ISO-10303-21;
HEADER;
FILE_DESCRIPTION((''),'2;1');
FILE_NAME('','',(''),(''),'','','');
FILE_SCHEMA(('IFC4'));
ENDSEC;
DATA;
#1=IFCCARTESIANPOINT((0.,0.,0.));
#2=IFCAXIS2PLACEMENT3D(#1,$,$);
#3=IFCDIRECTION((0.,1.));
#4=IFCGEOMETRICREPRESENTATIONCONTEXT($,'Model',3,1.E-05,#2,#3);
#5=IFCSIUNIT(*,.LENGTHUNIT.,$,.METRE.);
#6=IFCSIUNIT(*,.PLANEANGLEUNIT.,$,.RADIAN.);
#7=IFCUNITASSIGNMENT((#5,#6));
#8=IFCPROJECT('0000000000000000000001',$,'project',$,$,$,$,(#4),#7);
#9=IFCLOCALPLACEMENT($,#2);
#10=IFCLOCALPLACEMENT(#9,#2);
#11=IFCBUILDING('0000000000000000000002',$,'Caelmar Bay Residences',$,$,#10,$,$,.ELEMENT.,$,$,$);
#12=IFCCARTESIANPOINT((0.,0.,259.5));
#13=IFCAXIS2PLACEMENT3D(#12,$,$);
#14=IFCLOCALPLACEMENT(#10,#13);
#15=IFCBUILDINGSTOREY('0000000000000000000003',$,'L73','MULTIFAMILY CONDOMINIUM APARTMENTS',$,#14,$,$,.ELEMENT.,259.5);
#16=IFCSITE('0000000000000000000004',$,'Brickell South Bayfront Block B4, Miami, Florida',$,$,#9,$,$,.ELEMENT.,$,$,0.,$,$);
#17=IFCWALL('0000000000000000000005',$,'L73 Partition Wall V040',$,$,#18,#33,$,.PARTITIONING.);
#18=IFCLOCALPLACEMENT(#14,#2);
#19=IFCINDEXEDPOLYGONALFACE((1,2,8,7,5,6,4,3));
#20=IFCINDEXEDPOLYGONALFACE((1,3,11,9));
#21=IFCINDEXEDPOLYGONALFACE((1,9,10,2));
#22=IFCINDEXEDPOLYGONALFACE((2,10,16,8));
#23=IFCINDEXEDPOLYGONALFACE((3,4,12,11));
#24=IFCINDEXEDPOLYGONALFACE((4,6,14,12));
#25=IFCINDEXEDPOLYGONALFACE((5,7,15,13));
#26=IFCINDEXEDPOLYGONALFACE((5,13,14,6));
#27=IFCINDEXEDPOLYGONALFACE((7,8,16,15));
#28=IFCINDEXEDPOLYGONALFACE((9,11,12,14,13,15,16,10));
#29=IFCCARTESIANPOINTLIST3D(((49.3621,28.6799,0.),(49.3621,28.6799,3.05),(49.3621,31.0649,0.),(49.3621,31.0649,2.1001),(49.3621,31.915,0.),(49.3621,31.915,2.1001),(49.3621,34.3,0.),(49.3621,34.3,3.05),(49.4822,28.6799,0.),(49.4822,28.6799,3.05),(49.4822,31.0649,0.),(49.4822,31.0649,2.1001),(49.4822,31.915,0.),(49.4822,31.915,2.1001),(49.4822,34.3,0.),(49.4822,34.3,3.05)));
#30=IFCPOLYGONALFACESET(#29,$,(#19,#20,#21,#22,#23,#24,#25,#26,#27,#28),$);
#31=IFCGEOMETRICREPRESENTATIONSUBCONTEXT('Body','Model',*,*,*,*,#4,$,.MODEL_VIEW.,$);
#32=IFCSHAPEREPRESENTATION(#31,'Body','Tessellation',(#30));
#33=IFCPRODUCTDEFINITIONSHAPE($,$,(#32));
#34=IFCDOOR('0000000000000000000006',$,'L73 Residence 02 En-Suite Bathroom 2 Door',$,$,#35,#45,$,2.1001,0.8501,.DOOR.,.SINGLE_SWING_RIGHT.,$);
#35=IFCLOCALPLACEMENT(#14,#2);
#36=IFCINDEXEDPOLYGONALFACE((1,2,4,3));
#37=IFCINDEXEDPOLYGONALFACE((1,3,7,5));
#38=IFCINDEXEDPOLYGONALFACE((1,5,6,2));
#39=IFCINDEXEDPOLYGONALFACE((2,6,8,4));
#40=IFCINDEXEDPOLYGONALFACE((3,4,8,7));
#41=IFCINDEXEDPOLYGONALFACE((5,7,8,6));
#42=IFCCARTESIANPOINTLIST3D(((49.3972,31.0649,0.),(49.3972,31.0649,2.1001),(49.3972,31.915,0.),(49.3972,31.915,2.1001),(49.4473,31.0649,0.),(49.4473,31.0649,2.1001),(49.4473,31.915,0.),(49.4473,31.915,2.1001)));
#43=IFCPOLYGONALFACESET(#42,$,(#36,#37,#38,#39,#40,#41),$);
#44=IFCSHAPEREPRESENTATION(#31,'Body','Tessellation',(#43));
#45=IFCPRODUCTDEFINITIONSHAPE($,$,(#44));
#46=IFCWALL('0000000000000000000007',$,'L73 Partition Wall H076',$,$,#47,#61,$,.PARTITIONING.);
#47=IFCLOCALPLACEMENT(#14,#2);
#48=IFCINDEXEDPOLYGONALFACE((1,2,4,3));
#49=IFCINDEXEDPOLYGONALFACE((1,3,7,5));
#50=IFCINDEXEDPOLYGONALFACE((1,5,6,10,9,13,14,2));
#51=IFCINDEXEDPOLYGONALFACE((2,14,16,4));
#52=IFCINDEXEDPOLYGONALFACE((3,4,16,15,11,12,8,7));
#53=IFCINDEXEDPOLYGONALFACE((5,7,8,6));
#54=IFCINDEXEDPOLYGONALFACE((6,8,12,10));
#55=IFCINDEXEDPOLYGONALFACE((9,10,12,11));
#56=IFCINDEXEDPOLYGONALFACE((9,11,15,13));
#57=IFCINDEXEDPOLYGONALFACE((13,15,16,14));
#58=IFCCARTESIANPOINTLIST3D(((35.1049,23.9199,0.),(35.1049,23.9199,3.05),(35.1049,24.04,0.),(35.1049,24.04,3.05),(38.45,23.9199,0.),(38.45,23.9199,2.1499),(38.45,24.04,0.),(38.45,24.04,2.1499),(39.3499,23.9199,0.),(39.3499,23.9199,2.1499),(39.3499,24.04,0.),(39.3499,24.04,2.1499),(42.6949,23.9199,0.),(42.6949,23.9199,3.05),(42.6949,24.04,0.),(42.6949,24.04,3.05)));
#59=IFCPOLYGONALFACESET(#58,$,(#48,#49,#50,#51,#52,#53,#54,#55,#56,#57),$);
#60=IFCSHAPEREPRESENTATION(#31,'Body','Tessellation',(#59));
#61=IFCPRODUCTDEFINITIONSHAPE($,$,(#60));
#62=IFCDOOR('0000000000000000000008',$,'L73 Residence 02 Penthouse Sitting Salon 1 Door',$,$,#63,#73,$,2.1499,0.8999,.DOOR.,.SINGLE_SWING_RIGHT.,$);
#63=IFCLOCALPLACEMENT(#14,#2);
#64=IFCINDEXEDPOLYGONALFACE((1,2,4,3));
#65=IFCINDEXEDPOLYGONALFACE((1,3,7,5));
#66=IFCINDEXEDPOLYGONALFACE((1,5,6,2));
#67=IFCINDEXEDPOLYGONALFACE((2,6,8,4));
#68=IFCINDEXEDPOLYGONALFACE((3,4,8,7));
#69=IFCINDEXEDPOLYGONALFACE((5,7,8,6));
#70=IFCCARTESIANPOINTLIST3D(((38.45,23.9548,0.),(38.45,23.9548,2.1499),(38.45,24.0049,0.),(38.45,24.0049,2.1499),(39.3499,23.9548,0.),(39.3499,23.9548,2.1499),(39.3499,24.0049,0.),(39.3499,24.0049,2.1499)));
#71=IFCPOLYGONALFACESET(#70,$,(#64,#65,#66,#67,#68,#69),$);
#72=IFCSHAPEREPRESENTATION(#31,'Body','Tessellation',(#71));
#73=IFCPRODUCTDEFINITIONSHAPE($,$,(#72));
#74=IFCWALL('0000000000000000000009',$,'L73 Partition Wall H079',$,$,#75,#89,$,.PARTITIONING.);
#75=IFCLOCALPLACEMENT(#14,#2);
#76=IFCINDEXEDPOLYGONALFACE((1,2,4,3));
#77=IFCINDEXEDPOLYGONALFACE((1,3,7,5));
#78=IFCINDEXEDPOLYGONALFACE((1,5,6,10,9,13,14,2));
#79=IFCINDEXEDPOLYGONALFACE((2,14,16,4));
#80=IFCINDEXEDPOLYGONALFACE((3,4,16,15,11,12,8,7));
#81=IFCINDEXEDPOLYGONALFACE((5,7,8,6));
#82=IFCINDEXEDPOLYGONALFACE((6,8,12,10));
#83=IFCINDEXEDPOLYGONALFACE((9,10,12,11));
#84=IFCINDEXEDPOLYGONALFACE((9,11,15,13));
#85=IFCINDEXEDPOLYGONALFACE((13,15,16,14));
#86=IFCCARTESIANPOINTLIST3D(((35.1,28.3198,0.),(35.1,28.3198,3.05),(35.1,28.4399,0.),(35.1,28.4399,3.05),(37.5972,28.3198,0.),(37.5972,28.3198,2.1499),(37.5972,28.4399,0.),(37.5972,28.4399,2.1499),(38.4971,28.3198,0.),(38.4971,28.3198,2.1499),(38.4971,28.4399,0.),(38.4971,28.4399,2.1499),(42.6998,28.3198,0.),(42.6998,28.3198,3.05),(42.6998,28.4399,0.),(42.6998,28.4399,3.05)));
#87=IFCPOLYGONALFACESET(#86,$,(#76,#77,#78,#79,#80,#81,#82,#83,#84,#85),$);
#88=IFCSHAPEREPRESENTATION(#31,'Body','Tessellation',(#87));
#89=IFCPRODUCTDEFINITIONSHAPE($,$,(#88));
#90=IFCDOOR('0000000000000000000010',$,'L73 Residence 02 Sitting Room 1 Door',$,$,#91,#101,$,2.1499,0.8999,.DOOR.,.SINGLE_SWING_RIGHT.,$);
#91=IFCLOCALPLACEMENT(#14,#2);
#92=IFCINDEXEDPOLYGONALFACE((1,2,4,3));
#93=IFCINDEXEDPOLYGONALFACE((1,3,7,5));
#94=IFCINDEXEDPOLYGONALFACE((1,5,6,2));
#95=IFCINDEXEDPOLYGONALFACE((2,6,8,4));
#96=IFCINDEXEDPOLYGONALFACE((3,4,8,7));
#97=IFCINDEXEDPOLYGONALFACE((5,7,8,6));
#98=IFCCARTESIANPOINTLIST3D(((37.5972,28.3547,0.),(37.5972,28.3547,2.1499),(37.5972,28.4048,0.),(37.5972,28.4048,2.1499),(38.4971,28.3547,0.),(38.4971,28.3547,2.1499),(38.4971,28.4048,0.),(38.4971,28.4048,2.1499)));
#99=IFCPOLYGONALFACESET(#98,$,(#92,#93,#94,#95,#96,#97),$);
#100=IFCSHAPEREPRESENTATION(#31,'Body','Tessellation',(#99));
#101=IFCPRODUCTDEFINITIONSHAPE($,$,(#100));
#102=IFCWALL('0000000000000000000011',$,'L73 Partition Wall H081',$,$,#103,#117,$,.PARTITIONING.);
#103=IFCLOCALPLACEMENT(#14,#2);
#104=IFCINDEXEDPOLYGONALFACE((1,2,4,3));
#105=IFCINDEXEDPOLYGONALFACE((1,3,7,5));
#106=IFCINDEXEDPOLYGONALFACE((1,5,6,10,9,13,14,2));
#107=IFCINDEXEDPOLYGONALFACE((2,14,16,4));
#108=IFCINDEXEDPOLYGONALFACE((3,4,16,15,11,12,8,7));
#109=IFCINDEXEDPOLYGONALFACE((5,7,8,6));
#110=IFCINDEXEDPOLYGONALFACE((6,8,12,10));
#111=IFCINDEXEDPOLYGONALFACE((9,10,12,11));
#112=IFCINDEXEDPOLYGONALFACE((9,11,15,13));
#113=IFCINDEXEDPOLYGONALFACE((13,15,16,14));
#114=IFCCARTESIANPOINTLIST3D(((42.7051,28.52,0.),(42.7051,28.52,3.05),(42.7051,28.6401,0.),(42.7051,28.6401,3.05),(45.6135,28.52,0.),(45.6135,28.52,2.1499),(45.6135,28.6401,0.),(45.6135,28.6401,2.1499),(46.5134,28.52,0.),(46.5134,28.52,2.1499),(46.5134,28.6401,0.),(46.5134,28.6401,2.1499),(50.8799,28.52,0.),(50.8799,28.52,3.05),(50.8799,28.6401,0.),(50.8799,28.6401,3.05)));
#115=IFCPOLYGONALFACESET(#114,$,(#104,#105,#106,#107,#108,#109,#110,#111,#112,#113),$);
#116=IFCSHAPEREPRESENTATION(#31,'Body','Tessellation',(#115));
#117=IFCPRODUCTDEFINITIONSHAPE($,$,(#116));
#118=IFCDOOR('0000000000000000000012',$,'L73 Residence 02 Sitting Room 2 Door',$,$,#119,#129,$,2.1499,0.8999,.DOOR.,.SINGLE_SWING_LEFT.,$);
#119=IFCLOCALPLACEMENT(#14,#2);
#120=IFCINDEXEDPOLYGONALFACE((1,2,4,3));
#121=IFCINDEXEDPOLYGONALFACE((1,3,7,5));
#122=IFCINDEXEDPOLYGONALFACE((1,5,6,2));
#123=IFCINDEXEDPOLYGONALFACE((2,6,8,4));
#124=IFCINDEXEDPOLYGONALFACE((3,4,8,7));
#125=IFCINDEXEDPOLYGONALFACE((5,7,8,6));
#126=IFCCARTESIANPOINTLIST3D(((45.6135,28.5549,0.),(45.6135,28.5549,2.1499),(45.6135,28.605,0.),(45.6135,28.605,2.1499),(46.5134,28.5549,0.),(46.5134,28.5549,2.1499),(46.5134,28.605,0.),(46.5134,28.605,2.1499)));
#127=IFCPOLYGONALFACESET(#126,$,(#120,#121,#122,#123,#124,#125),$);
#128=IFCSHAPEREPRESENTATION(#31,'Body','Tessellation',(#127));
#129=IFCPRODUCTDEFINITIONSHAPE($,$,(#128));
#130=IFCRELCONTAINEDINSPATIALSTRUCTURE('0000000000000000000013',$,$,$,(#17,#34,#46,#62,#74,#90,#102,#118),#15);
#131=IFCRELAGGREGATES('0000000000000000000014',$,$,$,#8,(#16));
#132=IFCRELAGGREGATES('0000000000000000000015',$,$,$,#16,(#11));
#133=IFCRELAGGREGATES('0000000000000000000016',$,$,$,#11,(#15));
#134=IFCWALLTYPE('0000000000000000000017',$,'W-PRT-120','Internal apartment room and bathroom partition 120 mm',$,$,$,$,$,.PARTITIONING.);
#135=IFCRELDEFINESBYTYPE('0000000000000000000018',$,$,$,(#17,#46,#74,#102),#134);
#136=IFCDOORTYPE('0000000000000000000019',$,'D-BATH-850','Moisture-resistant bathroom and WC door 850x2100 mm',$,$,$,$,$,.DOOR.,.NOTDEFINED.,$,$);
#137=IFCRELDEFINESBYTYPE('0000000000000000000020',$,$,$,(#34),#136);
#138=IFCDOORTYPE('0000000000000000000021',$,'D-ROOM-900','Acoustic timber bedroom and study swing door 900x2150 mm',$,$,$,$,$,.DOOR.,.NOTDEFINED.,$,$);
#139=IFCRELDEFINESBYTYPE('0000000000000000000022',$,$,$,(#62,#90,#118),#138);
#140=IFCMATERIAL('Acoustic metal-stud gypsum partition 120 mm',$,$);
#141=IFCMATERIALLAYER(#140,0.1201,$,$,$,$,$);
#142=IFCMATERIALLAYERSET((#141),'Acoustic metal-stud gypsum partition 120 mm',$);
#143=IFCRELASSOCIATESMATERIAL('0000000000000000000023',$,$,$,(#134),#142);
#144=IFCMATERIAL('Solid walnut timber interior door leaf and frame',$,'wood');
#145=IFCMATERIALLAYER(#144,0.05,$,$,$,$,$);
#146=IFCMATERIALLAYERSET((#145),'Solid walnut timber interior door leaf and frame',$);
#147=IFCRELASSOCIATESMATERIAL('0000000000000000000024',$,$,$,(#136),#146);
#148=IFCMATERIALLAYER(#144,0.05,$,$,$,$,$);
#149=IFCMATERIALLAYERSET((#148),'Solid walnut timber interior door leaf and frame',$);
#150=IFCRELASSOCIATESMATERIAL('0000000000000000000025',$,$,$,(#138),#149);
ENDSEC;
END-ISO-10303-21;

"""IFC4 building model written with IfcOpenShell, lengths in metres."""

from ifc_helpers import new_model, si_unit, direction, frame, frame_2d, origin, place, context, subcontext, project, spatial, rectangle, extrude, material, layer, layer_set, type_object, element, fill, save


model = new_model("IFC4")

# Units and contexts
model_context = context("Model", 3, precision=1e-05, world=origin(), true_north=direction((0.0, 1.0)))
body_context = subcontext(model_context, "Body", "Model", "MODEL_VIEW")
ifc_project = project(units=[si_unit("LENGTHUNIT", "METRE"), si_unit("PLANEANGLEUNIT", "RADIAN")], contexts=[model_context])

# Site, building, storey
site_placement = place(None, origin())
site = spatial("IfcSite", under=ifc_project, at=site_placement, Name="Brickell South Bayfront Block B4, Miami, Florida", CompositionType="ELEMENT", RefElevation=0.0)
building_placement = place(site_placement, origin())
building = spatial("IfcBuilding", under=site, at=building_placement, Name="Caelmar Bay Residences", CompositionType="ELEMENT")
storey_placement = place(building_placement, frame((0.0, 0.0, 259.5)))
storey = spatial("IfcBuildingStorey", under=building, at=storey_placement, Name="L73", Description="MULTIFAMILY CONDOMINIUM APARTMENTS", CompositionType="ELEMENT", Elevation=259.5)

# Shared definitions
ifc_material_1 = material(Name="Acoustic metal-stud gypsum partition 120 mm")
ifc_layer_1 = layer(ifc_material_1, 0.1201)
ifc_layer_set_1 = layer_set([ifc_layer_1], Name="Acoustic metal-stud gypsum partition 120 mm")
wall_type = type_object("IfcWallType", Name="W-PRT-120", Description="Internal apartment room and bathroom partition 120 mm", PredefinedType="PARTITIONING", material=ifc_layer_set_1)

# Shared definitions
ifc_material_2 = material(Name="Solid walnut timber interior door leaf and frame", Category="wood")
ifc_layer_2 = layer(ifc_material_2, 0.05)
ifc_layer_set_2 = layer_set([ifc_layer_2], Name="Solid walnut timber interior door leaf and frame")
door_type_1 = type_object("IfcDoorType", Name="D-BATH-850", Description="Moisture-resistant bathroom and WC door 850x2100 mm", OperationType="NOTDEFINED", PredefinedType="DOOR", material=ifc_layer_set_2)

# Shared definitions
ifc_layer_3 = layer(ifc_material_2, 0.05)
ifc_layer_set_3 = layer_set([ifc_layer_3], Name="Solid walnut timber interior door leaf and frame")
door_type_2 = type_object("IfcDoorType", Name="D-ROOM-900", Description="Acoustic timber bedroom and study swing door 900x2150 mm", OperationType="NOTDEFINED", PredefinedType="DOOR", material=ifc_layer_set_3)

# Walls, openings, doors
wall_1_placement = place(storey_placement, frame((49.4221, 28.6799, 0.0), z_axis=(0.0, 0.0, 1.0), x_axis=(0.0, 1.0, 0.0)))
wall_1 = element("IfcWall", 1, at=wall_1_placement, inside=storey, type_object=wall_type, Name="L73 Partition Wall V040", PredefinedType="PARTITIONING", context=body_context, shape_type="SweptSolid", body=[
    extrude(rectangle(XDim=5.6201, YDim=0.1201, at=frame_2d((2.8101, 0.0))), origin(), (0.0, 0.0, 1.0), 3.05),
])
opening_1_placement = place(wall_1_placement, frame((2.385, 0.0, 0.0)))
opening_1 = element("IfcOpeningElement", 2, at=opening_1_placement, cuts=wall_1, PredefinedType="OPENING", context=body_context, shape_type="SweptSolid", body=[
    extrude(rectangle(XDim=0.8501, YDim=2.1001, at=frame_2d((0.425, 1.05))), frame((0.0, 0.0701, 0.0), z_axis=(0.0, -1.0, 0.0), x_axis=(1.0, 0.0, 0.0)), (0.0, 0.0, 1.0), 0.1401),
])
door_1_placement = place(opening_1_placement, origin())
door_1 = element("IfcDoor", 3, at=door_1_placement, inside=storey, type_object=door_type_1, Name="L73 Residence 02 En-Suite Bathroom 2 Door", OperationType="SINGLE_SWING_RIGHT", OverallHeight=2.1001, OverallWidth=0.8501, PredefinedType="DOOR", context=body_context, shape_type="SweptSolid", body=[
    extrude(rectangle(XDim=0.8501, YDim=2.1001, at=frame_2d((0.425, 1.05))), frame((0.0, 0.0249, 0.0), z_axis=(0.0, -1.0, 0.0), x_axis=(1.0, 0.0, 0.0)), (0.0, 0.0, 1.0), 0.05),
])
fill(opening_1, door_1)
wall_2_placement = place(storey_placement, frame((35.105, 23.98, 0.0), z_axis=(0.0, 0.0, 1.0), x_axis=(1.0, 0.0, 0.0)))
wall_2 = element("IfcWall", 4, at=wall_2_placement, inside=storey, type_object=wall_type, Name="L73 Partition Wall H076", PredefinedType="PARTITIONING", context=body_context, shape_type="SweptSolid", body=[
    extrude(rectangle(XDim=7.5901, YDim=0.1201, at=frame_2d((3.7949, 0.0))), origin(), (0.0, 0.0, 1.0), 3.05),
])
opening_2_placement = place(wall_2_placement, frame((3.345, 0.0, 0.0)))
opening_2 = element("IfcOpeningElement", 5, at=opening_2_placement, cuts=wall_2, PredefinedType="OPENING", context=body_context, shape_type="SweptSolid", body=[
    extrude(rectangle(XDim=0.8999, YDim=2.1499, at=frame_2d((0.45, 1.075))), frame((0.0, 0.0701, 0.0), z_axis=(0.0, -1.0, 0.0), x_axis=(1.0, 0.0, 0.0)), (0.0, 0.0, 1.0), 0.1401),
])
door_2_placement = place(opening_2_placement, origin())
door_2 = element("IfcDoor", 6, at=door_2_placement, inside=storey, type_object=door_type_2, Name="L73 Residence 02 Penthouse Sitting Salon 1 Door", OperationType="SINGLE_SWING_RIGHT", OverallHeight=2.1499, OverallWidth=0.8999, PredefinedType="DOOR", context=body_context, shape_type="SweptSolid", body=[
    extrude(rectangle(XDim=0.8999, YDim=2.1499, at=frame_2d((0.45, 1.075))), frame((0.0, 0.0249, 0.0), z_axis=(0.0, -1.0, 0.0), x_axis=(1.0, 0.0, 0.0)), (0.0, 0.0, 1.0), 0.05),
])
fill(opening_2, door_2)
wall_3_placement = place(storey_placement, frame((35.1001, 28.3799, 0.0), z_axis=(0.0, 0.0, 1.0), x_axis=(1.0, 0.0, 0.0)))
wall_3 = element("IfcWall", 7, at=wall_3_placement, inside=storey, type_object=wall_type, Name="L73 Partition Wall H079", PredefinedType="PARTITIONING", context=body_context, shape_type="SweptSolid", body=[
    extrude(rectangle(XDim=7.5999, YDim=0.1201, at=frame_2d((3.7998, 0.0))), origin(), (0.0, 0.0, 1.0), 3.05),
])
opening_3_placement = place(wall_3_placement, frame((2.4971, 0.0, 0.0)))
opening_3 = element("IfcOpeningElement", 8, at=opening_3_placement, cuts=wall_3, PredefinedType="OPENING", context=body_context, shape_type="SweptSolid", body=[
    extrude(rectangle(XDim=0.8999, YDim=2.1499, at=frame_2d((0.45, 1.075))), frame((0.0, 0.0701, 0.0), z_axis=(0.0, -1.0, 0.0), x_axis=(1.0, 0.0, 0.0)), (0.0, 0.0, 1.0), 0.1401),
])
door_3_placement = place(opening_3_placement, origin())
door_3 = element("IfcDoor", 9, at=door_3_placement, inside=storey, type_object=door_type_2, Name="L73 Residence 02 Sitting Room 1 Door", OperationType="SINGLE_SWING_RIGHT", OverallHeight=2.1499, OverallWidth=0.8999, PredefinedType="DOOR", context=body_context, shape_type="SweptSolid", body=[
    extrude(rectangle(XDim=0.8999, YDim=2.1499, at=frame_2d((0.45, 1.075))), frame((0.0, 0.0249, 0.0), z_axis=(0.0, -1.0, 0.0), x_axis=(1.0, 0.0, 0.0)), (0.0, 0.0, 1.0), 0.05),
])
fill(opening_3, door_3)
wall_4_placement = place(storey_placement, frame((42.7051, 28.5801, 0.0), z_axis=(0.0, 0.0, 1.0), x_axis=(1.0, 0.0, 0.0)))
wall_4 = element("IfcWall", 10, at=wall_4_placement, inside=storey, type_object=wall_type, Name="L73 Partition Wall H081", PredefinedType="PARTITIONING", context=body_context, shape_type="SweptSolid", body=[
    extrude(rectangle(XDim=8.1748, YDim=0.1201, at=frame_2d((4.0874, 0.0))), origin(), (0.0, 0.0, 1.0), 3.05),
])
opening_4_placement = place(wall_4_placement, frame((2.9084, 0.0, 0.0)))
opening_4 = element("IfcOpeningElement", 11, at=opening_4_placement, cuts=wall_4, PredefinedType="OPENING", context=body_context, shape_type="SweptSolid", body=[
    extrude(rectangle(XDim=0.8999, YDim=2.1499, at=frame_2d((0.45, 1.075))), frame((0.0, 0.0701, 0.0), z_axis=(0.0, -1.0, 0.0), x_axis=(1.0, 0.0, 0.0)), (0.0, 0.0, 1.0), 0.1401),
])
door_4_placement = place(opening_4_placement, origin())
door_4 = element("IfcDoor", 12, at=door_4_placement, inside=storey, type_object=door_type_2, Name="L73 Residence 02 Sitting Room 2 Door", OperationType="SINGLE_SWING_LEFT", OverallHeight=2.1499, OverallWidth=0.8999, PredefinedType="DOOR", context=body_context, shape_type="SweptSolid", body=[
    extrude(rectangle(XDim=0.8999, YDim=2.1499, at=frame_2d((0.45, 1.075))), frame((0.0, 0.0249, 0.0), z_axis=(0.0, -1.0, 0.0), x_axis=(1.0, 0.0, 0.0)), (0.0, 0.0, 1.0), 0.05),
])
fill(opening_4, door_4)

save(model, "model.ifc")
